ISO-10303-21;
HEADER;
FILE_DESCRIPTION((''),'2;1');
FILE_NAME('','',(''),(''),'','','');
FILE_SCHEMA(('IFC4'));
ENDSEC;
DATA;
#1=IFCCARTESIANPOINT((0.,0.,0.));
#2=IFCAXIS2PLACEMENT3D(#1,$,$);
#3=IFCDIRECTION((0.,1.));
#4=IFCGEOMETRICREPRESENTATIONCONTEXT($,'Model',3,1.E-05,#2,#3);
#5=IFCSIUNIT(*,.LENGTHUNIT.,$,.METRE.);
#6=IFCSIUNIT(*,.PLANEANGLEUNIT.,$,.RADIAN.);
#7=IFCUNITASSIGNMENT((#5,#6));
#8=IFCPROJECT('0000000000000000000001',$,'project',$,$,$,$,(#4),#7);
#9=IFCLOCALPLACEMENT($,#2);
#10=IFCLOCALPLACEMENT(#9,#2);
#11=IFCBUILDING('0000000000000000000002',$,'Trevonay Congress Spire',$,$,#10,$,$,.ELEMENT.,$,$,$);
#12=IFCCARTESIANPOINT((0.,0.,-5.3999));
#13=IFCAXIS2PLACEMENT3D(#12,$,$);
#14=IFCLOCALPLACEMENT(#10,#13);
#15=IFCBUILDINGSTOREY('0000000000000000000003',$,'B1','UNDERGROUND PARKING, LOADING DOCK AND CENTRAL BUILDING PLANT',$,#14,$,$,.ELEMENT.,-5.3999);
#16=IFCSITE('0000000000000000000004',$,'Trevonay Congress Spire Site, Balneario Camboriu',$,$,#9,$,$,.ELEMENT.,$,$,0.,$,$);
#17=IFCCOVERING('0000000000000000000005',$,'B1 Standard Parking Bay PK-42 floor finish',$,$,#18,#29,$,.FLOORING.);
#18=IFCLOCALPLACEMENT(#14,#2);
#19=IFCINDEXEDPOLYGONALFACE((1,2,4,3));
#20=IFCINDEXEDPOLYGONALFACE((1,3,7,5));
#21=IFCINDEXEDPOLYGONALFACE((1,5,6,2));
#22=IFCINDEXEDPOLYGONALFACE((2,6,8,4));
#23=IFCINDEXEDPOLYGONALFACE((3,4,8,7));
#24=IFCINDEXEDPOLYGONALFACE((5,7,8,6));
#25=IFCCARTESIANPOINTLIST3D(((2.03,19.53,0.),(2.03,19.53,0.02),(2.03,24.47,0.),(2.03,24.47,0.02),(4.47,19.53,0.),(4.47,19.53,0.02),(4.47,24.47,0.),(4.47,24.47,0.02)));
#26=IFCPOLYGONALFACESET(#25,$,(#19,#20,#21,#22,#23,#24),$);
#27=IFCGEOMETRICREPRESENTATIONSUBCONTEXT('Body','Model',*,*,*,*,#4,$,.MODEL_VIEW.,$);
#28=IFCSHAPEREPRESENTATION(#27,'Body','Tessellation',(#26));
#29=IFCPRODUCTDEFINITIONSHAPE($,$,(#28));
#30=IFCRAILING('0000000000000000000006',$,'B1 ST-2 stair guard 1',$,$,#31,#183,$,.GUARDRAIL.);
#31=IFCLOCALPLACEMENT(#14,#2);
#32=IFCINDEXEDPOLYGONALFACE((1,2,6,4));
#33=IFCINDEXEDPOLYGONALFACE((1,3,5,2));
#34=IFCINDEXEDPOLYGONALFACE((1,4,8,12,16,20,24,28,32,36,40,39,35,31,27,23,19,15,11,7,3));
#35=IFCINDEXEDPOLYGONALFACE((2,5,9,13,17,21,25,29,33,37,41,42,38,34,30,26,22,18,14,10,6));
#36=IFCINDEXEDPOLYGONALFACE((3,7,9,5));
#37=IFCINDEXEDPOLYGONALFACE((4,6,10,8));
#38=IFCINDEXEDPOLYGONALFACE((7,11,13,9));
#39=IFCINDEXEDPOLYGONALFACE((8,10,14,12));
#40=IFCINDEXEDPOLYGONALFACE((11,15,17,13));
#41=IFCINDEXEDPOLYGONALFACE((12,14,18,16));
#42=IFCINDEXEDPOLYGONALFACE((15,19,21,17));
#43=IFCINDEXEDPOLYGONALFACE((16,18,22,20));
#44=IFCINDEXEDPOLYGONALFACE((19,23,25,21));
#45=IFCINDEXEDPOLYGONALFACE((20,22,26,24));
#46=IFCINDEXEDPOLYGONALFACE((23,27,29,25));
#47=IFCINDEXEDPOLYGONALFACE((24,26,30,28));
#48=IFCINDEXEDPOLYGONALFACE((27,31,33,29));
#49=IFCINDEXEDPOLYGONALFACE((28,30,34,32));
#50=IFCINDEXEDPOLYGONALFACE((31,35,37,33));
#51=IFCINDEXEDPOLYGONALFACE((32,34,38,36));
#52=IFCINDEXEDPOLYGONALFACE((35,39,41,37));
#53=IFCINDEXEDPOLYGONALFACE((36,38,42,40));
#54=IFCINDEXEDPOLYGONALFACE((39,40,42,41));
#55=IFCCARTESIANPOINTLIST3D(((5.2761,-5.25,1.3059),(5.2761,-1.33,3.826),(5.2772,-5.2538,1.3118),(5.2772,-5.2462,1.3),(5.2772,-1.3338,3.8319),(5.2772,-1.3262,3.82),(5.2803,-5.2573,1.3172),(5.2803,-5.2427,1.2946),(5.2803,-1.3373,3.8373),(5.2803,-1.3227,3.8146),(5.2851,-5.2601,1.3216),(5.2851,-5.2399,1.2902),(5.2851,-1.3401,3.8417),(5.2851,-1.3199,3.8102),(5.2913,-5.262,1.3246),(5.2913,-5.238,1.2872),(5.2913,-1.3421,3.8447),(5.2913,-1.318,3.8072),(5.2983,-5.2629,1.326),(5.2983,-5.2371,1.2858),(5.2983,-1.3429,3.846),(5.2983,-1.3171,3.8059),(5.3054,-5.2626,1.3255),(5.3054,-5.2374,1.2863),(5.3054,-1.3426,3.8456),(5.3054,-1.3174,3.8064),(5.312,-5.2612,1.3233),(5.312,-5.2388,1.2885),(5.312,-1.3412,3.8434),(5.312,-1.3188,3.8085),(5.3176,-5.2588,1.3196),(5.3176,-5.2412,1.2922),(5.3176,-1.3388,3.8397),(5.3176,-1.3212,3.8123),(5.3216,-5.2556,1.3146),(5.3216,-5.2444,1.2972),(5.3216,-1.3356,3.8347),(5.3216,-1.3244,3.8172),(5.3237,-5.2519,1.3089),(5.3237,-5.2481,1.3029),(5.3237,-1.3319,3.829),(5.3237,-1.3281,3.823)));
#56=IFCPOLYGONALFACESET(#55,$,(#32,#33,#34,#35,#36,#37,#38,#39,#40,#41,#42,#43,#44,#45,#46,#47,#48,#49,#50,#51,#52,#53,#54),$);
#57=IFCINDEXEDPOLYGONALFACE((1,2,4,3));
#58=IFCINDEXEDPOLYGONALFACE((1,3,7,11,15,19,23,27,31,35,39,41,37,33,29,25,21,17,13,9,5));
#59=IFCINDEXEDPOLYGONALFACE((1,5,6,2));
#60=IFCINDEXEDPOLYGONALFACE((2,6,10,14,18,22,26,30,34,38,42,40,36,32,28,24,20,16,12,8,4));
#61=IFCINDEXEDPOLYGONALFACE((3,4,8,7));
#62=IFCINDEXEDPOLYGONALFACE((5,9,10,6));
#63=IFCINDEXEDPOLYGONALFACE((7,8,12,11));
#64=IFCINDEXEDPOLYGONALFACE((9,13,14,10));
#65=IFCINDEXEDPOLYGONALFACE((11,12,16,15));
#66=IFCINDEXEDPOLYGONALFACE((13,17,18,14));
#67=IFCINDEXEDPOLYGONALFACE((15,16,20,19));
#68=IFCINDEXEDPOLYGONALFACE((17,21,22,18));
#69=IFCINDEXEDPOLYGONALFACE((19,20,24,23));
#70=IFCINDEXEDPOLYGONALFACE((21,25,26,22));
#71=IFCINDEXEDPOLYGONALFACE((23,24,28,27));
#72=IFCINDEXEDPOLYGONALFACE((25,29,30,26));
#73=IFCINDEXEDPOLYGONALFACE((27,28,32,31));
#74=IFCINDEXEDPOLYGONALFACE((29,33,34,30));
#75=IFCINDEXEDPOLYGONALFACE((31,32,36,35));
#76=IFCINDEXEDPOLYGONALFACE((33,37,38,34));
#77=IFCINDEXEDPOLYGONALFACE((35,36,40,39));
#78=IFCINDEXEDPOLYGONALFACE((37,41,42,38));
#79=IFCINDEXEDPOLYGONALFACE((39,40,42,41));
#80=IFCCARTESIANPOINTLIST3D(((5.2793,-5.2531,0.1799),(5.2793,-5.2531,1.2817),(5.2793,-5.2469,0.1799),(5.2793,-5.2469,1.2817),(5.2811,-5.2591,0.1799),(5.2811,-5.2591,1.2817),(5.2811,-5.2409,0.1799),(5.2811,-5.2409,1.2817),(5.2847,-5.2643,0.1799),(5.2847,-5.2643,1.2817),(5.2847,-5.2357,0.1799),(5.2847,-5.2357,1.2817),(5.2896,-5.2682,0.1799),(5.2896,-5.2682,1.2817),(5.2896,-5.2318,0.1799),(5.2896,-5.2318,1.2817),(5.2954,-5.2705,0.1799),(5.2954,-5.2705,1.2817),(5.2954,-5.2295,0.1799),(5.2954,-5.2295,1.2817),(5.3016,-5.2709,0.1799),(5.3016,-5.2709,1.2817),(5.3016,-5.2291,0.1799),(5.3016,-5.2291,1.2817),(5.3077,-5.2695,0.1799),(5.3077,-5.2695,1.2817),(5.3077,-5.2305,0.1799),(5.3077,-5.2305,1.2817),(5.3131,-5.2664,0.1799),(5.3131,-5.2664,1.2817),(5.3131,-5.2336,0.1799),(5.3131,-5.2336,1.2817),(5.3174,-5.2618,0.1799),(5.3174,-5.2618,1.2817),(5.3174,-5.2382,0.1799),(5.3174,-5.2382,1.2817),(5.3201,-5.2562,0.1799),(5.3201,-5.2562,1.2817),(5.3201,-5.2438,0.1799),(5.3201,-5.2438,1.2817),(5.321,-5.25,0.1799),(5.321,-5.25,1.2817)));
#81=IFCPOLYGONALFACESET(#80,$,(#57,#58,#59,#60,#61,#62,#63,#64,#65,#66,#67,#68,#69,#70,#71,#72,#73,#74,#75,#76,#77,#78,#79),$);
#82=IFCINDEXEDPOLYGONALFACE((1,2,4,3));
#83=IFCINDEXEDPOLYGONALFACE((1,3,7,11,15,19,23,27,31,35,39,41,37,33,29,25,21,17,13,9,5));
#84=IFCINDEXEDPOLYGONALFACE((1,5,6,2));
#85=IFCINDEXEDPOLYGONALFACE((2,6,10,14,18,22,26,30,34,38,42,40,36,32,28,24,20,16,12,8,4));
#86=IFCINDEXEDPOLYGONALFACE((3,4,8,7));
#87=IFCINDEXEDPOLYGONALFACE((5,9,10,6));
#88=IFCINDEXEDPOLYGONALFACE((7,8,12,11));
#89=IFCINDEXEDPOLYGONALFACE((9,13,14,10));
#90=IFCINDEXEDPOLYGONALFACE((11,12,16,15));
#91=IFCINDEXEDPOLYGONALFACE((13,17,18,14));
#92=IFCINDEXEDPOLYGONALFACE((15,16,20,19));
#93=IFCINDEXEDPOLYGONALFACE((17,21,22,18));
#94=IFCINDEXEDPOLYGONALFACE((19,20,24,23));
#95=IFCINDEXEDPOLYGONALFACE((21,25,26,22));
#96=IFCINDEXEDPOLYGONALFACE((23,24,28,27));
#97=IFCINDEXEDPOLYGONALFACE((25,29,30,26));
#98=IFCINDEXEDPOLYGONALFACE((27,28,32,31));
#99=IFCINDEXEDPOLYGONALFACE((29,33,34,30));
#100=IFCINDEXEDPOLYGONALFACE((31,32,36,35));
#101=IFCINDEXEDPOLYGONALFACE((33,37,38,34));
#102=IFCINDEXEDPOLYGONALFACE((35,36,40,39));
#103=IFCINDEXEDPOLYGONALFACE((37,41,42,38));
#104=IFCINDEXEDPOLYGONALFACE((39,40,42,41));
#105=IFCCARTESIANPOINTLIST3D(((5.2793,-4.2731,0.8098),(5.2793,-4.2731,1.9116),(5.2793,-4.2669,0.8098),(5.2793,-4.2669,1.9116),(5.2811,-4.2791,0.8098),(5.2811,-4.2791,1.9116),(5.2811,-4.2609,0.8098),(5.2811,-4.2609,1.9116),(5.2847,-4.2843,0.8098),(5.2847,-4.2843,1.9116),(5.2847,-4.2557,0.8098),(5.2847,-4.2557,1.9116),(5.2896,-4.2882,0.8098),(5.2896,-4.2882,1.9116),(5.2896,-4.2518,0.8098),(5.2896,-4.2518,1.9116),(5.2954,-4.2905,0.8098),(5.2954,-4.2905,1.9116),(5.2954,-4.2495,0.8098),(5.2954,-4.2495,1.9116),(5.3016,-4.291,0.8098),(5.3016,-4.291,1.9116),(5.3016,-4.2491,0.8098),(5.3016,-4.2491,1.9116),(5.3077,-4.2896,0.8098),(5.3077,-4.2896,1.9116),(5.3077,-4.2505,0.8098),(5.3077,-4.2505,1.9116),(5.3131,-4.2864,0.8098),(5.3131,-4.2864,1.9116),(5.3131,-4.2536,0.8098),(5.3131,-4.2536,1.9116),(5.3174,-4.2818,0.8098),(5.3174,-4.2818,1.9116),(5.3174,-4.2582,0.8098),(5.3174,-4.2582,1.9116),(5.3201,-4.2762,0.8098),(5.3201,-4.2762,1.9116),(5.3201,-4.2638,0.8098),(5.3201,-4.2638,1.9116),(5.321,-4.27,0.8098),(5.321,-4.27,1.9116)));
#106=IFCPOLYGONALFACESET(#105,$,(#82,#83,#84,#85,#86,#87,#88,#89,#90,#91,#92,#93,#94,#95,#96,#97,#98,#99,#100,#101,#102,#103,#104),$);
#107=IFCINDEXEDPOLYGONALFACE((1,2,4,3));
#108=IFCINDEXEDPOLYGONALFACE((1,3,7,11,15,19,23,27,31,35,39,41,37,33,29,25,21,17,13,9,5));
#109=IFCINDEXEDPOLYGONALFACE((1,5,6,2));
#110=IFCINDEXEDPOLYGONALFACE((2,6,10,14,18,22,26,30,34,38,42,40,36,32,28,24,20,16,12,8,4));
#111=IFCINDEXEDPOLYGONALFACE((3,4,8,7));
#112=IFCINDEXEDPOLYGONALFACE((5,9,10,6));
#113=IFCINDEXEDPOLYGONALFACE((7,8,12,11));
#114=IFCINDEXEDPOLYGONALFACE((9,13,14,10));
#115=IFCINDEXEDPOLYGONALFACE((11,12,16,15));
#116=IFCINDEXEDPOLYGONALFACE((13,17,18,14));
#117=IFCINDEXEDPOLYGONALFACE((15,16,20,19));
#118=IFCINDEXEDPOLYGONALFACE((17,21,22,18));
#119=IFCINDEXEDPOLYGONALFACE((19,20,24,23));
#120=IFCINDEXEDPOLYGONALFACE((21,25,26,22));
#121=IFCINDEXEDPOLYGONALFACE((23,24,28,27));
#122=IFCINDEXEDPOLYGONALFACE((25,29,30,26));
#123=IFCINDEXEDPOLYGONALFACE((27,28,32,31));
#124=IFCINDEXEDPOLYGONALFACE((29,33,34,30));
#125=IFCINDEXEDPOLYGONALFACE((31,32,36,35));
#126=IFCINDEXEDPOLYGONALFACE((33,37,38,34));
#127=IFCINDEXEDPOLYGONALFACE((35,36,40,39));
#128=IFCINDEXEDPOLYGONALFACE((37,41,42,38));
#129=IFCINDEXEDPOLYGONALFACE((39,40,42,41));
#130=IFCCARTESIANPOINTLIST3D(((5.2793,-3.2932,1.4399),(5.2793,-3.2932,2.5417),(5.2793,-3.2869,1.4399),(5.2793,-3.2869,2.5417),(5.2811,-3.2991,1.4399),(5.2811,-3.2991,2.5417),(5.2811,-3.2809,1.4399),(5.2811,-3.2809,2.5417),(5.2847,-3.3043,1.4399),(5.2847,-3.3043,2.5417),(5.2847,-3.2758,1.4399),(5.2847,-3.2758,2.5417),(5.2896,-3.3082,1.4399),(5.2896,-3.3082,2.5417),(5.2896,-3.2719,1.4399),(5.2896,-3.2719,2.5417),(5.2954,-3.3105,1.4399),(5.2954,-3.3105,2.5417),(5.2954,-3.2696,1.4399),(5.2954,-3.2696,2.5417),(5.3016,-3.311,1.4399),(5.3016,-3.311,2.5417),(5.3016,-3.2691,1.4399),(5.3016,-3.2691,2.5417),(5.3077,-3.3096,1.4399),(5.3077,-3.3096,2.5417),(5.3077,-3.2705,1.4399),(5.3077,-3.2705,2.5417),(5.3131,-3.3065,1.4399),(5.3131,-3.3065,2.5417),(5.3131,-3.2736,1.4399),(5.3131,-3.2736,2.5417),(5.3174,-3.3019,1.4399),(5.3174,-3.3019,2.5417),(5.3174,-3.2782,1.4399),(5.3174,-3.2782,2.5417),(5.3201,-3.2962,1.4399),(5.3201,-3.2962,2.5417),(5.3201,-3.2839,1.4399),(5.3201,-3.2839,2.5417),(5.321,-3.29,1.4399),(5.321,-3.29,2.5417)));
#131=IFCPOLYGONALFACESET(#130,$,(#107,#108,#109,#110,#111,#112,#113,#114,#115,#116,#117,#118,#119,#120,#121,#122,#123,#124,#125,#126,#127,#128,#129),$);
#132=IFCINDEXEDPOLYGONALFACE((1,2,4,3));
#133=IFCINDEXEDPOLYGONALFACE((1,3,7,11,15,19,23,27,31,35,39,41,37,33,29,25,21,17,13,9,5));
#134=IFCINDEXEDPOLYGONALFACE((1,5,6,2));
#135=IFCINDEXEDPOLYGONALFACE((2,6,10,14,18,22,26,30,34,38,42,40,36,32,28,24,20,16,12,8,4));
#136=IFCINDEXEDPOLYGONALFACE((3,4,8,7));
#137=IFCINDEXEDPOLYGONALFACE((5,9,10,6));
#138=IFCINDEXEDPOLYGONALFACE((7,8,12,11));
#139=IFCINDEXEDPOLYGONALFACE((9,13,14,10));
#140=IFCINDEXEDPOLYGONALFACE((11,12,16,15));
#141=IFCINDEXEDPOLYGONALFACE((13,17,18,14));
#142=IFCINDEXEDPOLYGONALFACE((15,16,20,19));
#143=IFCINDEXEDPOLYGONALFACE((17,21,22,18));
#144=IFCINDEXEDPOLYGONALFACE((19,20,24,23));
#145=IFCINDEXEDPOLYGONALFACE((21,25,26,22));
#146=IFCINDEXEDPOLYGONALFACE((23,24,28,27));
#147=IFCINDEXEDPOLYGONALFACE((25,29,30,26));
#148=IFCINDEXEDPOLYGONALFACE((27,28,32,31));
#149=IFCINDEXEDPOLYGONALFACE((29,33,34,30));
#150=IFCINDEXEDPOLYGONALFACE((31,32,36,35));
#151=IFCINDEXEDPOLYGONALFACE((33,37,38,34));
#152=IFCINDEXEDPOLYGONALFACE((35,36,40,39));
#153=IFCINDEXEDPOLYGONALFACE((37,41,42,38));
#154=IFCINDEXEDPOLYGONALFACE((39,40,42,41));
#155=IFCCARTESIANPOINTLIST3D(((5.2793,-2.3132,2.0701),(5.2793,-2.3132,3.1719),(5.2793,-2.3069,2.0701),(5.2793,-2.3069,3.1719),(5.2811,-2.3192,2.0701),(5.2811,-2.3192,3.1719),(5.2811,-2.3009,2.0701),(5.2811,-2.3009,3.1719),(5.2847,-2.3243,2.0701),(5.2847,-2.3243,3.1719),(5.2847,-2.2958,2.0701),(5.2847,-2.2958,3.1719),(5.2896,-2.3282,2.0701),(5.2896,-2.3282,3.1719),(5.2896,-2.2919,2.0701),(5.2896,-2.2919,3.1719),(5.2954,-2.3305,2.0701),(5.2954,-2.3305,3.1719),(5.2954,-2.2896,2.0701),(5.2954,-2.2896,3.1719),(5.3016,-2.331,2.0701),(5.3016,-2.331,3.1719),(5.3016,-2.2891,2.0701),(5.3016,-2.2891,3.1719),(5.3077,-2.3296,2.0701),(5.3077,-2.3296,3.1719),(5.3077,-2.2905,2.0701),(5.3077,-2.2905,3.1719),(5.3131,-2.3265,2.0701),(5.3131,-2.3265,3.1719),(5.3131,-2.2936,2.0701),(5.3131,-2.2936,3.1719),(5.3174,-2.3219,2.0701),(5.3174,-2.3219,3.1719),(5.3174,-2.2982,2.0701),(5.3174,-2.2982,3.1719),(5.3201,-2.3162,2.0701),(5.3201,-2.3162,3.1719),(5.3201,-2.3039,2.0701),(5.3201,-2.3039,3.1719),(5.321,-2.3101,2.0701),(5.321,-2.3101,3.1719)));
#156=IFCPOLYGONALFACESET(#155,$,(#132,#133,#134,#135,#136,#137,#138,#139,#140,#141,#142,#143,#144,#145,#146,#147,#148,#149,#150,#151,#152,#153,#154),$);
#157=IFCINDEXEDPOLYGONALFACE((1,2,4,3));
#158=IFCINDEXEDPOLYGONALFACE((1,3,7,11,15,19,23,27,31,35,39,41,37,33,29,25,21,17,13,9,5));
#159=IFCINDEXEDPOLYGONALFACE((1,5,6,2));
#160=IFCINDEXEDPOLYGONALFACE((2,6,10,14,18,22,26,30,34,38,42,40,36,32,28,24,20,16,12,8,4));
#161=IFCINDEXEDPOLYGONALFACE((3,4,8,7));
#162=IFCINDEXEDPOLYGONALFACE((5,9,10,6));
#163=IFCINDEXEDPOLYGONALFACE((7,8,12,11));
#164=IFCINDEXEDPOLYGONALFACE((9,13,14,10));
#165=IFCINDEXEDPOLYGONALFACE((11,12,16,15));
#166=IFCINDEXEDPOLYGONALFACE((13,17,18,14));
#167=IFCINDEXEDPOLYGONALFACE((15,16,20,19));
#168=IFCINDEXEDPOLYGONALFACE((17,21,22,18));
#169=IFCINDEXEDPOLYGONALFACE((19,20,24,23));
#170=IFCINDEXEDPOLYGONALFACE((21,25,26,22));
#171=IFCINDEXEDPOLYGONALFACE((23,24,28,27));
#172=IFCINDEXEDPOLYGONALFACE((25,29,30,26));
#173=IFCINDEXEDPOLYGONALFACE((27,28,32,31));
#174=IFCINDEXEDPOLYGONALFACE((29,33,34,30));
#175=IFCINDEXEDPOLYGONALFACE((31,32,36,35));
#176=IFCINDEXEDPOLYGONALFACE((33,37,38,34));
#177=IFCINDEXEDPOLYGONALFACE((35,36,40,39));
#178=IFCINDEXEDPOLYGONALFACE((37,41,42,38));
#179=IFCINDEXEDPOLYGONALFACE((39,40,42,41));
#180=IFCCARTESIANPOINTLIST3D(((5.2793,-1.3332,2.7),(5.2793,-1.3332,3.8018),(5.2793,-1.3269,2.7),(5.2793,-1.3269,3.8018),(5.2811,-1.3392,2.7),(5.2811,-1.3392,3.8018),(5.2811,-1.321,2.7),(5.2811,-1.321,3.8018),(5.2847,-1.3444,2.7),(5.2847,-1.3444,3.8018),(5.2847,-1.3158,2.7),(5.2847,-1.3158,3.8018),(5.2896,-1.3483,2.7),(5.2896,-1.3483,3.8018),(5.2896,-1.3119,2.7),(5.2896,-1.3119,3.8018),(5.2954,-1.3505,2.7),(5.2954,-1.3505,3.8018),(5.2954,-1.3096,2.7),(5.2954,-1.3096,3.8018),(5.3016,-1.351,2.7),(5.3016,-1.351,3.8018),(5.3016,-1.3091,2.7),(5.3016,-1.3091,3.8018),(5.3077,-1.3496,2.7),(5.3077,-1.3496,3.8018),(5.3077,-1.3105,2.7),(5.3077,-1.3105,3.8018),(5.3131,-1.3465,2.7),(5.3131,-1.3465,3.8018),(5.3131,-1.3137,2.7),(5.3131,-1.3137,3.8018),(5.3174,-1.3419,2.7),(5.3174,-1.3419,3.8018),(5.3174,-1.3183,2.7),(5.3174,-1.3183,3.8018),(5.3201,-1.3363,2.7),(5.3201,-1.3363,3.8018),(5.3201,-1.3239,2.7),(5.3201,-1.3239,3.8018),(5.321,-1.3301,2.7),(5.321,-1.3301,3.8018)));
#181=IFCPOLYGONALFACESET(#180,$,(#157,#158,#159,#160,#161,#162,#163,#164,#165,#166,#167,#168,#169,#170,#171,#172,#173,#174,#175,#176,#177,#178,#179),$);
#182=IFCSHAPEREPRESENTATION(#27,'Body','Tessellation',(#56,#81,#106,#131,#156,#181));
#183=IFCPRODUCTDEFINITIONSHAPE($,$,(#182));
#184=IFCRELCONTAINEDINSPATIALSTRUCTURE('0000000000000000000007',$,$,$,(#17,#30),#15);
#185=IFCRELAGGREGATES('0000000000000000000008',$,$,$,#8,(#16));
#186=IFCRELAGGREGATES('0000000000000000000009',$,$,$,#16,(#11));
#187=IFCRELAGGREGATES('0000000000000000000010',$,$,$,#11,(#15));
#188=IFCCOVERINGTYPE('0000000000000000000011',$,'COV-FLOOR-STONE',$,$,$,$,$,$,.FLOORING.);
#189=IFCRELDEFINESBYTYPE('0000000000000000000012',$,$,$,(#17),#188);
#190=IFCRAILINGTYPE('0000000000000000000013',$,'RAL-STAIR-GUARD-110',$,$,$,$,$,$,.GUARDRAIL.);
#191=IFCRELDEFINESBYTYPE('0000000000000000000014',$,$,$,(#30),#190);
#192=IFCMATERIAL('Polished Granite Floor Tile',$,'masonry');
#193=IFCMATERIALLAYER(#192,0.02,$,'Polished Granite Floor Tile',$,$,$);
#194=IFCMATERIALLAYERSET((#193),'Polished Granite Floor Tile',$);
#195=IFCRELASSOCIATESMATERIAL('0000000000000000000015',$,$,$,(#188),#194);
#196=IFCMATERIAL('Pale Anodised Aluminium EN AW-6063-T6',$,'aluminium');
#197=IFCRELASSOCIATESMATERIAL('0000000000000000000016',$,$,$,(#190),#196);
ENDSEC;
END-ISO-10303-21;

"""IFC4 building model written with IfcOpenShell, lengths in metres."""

from ifc_helpers import new_model, si_unit, direction, frame, origin, origin_2d, place, context, subcontext, project, spatial, polyline, circle, outline, extrude, material, layer, layer_set, type_object, element, save


model = new_model("IFC4")

# Units and contexts
model_context = context("Model", 3, precision=1e-05, world=origin(), true_north=direction((0.0, 1.0)))
body_context = subcontext(model_context, "Body", "Model", "MODEL_VIEW")
ifc_project = project(units=[si_unit("LENGTHUNIT", "METRE"), si_unit("PLANEANGLEUNIT", "RADIAN")], contexts=[model_context])

# Site, building, storey
site_placement = place(None, origin())
site = spatial("IfcSite", under=ifc_project, at=site_placement, Name="Trevonay Congress Spire Site, Balneario Camboriu", CompositionType="ELEMENT", RefElevation=0.0)
building_placement = place(site_placement, origin())
building = spatial("IfcBuilding", under=site, at=building_placement, Name="Trevonay Congress Spire", CompositionType="ELEMENT")
storey_placement = place(building_placement, frame((0.0, 0.0, -5.3999)))
storey = spatial("IfcBuildingStorey", under=building, at=storey_placement, Name="B1", Description="UNDERGROUND PARKING, LOADING DOCK AND CENTRAL BUILDING PLANT", CompositionType="ELEMENT", Elevation=-5.3999)

# Covering
ifc_material_1 = material(Name="Polished Granite Floor Tile", Category="masonry")
ifc_layer_1 = layer(ifc_material_1, 0.02, Name="Polished Granite Floor Tile")
ifc_layer_set_1 = layer_set([ifc_layer_1], Name="Polished Granite Floor Tile")
covering_type = type_object("IfcCoveringType", Name="COV-FLOOR-STONE", PredefinedType="FLOORING", material=ifc_layer_set_1)
covering_1_placement = place(storey_placement, origin())
element("IfcCovering", 1, at=covering_1_placement, inside=storey, type_object=covering_type, Name="B1 Standard Parking Bay PK-42 floor finish", PredefinedType="FLOORING", context=body_context, shape_type="SweptSolid", body=[
    extrude(outline(polyline([(2.03, 19.53), (4.47, 19.53), (4.47, 24.47), (2.03, 24.47), (2.03, 19.53)])), origin(), (0.0, 0.0, 1.0), 0.02),
])

# Railing
ifc_material_2 = material(Name="Pale Anodised Aluminium EN AW-6063-T6", Category="aluminium")
railing_type_1 = type_object("IfcRailingType", Name="RAL-STAIR-GUARD-110", PredefinedType="GUARDRAIL", material=ifc_material_2)
railing_1_placement = place(storey_placement, frame((5.3, -5.25, 0.1799)))
element("IfcRailing", 2, at=railing_1_placement, inside=storey, type_object=railing_type_1, Name="B1 ST-2 stair guard 1", PredefinedType="GUARDRAIL", context=body_context, shape_type="SweptSolid", body=[
    extrude(circle(Radius=0.0239, at=origin_2d()), frame((0.0, 0.0, 1.126), z_axis=(0.0, 0.841172, 0.540768), x_axis=(-1.0, 0.0, 0.0)), (0.0, 0.0, 1.0), 4.6602),
    extrude(circle(Radius=0.021, at=origin_2d()), origin(), (0.0, 0.0, 1.0), 1.1018),
    extrude(circle(Radius=0.021, at=origin_2d()), frame((0.0, 0.98, 0.6299)), (0.0, 0.0, 1.0), 1.1018),
    extrude(circle(Radius=0.021, at=origin_2d()), frame((0.0, 1.96, 1.26)), (0.0, 0.0, 1.0), 1.1018),
    extrude(circle(Radius=0.021, at=origin_2d()), frame((0.0, 2.9399, 1.8901)), (0.0, 0.0, 1.0), 1.1018),
    extrude(circle(Radius=0.021, at=origin_2d()), frame((0.0, 3.9199, 2.52)), (0.0, 0.0, 1.0), 1.1018),
])

save(model, "model.ifc")
